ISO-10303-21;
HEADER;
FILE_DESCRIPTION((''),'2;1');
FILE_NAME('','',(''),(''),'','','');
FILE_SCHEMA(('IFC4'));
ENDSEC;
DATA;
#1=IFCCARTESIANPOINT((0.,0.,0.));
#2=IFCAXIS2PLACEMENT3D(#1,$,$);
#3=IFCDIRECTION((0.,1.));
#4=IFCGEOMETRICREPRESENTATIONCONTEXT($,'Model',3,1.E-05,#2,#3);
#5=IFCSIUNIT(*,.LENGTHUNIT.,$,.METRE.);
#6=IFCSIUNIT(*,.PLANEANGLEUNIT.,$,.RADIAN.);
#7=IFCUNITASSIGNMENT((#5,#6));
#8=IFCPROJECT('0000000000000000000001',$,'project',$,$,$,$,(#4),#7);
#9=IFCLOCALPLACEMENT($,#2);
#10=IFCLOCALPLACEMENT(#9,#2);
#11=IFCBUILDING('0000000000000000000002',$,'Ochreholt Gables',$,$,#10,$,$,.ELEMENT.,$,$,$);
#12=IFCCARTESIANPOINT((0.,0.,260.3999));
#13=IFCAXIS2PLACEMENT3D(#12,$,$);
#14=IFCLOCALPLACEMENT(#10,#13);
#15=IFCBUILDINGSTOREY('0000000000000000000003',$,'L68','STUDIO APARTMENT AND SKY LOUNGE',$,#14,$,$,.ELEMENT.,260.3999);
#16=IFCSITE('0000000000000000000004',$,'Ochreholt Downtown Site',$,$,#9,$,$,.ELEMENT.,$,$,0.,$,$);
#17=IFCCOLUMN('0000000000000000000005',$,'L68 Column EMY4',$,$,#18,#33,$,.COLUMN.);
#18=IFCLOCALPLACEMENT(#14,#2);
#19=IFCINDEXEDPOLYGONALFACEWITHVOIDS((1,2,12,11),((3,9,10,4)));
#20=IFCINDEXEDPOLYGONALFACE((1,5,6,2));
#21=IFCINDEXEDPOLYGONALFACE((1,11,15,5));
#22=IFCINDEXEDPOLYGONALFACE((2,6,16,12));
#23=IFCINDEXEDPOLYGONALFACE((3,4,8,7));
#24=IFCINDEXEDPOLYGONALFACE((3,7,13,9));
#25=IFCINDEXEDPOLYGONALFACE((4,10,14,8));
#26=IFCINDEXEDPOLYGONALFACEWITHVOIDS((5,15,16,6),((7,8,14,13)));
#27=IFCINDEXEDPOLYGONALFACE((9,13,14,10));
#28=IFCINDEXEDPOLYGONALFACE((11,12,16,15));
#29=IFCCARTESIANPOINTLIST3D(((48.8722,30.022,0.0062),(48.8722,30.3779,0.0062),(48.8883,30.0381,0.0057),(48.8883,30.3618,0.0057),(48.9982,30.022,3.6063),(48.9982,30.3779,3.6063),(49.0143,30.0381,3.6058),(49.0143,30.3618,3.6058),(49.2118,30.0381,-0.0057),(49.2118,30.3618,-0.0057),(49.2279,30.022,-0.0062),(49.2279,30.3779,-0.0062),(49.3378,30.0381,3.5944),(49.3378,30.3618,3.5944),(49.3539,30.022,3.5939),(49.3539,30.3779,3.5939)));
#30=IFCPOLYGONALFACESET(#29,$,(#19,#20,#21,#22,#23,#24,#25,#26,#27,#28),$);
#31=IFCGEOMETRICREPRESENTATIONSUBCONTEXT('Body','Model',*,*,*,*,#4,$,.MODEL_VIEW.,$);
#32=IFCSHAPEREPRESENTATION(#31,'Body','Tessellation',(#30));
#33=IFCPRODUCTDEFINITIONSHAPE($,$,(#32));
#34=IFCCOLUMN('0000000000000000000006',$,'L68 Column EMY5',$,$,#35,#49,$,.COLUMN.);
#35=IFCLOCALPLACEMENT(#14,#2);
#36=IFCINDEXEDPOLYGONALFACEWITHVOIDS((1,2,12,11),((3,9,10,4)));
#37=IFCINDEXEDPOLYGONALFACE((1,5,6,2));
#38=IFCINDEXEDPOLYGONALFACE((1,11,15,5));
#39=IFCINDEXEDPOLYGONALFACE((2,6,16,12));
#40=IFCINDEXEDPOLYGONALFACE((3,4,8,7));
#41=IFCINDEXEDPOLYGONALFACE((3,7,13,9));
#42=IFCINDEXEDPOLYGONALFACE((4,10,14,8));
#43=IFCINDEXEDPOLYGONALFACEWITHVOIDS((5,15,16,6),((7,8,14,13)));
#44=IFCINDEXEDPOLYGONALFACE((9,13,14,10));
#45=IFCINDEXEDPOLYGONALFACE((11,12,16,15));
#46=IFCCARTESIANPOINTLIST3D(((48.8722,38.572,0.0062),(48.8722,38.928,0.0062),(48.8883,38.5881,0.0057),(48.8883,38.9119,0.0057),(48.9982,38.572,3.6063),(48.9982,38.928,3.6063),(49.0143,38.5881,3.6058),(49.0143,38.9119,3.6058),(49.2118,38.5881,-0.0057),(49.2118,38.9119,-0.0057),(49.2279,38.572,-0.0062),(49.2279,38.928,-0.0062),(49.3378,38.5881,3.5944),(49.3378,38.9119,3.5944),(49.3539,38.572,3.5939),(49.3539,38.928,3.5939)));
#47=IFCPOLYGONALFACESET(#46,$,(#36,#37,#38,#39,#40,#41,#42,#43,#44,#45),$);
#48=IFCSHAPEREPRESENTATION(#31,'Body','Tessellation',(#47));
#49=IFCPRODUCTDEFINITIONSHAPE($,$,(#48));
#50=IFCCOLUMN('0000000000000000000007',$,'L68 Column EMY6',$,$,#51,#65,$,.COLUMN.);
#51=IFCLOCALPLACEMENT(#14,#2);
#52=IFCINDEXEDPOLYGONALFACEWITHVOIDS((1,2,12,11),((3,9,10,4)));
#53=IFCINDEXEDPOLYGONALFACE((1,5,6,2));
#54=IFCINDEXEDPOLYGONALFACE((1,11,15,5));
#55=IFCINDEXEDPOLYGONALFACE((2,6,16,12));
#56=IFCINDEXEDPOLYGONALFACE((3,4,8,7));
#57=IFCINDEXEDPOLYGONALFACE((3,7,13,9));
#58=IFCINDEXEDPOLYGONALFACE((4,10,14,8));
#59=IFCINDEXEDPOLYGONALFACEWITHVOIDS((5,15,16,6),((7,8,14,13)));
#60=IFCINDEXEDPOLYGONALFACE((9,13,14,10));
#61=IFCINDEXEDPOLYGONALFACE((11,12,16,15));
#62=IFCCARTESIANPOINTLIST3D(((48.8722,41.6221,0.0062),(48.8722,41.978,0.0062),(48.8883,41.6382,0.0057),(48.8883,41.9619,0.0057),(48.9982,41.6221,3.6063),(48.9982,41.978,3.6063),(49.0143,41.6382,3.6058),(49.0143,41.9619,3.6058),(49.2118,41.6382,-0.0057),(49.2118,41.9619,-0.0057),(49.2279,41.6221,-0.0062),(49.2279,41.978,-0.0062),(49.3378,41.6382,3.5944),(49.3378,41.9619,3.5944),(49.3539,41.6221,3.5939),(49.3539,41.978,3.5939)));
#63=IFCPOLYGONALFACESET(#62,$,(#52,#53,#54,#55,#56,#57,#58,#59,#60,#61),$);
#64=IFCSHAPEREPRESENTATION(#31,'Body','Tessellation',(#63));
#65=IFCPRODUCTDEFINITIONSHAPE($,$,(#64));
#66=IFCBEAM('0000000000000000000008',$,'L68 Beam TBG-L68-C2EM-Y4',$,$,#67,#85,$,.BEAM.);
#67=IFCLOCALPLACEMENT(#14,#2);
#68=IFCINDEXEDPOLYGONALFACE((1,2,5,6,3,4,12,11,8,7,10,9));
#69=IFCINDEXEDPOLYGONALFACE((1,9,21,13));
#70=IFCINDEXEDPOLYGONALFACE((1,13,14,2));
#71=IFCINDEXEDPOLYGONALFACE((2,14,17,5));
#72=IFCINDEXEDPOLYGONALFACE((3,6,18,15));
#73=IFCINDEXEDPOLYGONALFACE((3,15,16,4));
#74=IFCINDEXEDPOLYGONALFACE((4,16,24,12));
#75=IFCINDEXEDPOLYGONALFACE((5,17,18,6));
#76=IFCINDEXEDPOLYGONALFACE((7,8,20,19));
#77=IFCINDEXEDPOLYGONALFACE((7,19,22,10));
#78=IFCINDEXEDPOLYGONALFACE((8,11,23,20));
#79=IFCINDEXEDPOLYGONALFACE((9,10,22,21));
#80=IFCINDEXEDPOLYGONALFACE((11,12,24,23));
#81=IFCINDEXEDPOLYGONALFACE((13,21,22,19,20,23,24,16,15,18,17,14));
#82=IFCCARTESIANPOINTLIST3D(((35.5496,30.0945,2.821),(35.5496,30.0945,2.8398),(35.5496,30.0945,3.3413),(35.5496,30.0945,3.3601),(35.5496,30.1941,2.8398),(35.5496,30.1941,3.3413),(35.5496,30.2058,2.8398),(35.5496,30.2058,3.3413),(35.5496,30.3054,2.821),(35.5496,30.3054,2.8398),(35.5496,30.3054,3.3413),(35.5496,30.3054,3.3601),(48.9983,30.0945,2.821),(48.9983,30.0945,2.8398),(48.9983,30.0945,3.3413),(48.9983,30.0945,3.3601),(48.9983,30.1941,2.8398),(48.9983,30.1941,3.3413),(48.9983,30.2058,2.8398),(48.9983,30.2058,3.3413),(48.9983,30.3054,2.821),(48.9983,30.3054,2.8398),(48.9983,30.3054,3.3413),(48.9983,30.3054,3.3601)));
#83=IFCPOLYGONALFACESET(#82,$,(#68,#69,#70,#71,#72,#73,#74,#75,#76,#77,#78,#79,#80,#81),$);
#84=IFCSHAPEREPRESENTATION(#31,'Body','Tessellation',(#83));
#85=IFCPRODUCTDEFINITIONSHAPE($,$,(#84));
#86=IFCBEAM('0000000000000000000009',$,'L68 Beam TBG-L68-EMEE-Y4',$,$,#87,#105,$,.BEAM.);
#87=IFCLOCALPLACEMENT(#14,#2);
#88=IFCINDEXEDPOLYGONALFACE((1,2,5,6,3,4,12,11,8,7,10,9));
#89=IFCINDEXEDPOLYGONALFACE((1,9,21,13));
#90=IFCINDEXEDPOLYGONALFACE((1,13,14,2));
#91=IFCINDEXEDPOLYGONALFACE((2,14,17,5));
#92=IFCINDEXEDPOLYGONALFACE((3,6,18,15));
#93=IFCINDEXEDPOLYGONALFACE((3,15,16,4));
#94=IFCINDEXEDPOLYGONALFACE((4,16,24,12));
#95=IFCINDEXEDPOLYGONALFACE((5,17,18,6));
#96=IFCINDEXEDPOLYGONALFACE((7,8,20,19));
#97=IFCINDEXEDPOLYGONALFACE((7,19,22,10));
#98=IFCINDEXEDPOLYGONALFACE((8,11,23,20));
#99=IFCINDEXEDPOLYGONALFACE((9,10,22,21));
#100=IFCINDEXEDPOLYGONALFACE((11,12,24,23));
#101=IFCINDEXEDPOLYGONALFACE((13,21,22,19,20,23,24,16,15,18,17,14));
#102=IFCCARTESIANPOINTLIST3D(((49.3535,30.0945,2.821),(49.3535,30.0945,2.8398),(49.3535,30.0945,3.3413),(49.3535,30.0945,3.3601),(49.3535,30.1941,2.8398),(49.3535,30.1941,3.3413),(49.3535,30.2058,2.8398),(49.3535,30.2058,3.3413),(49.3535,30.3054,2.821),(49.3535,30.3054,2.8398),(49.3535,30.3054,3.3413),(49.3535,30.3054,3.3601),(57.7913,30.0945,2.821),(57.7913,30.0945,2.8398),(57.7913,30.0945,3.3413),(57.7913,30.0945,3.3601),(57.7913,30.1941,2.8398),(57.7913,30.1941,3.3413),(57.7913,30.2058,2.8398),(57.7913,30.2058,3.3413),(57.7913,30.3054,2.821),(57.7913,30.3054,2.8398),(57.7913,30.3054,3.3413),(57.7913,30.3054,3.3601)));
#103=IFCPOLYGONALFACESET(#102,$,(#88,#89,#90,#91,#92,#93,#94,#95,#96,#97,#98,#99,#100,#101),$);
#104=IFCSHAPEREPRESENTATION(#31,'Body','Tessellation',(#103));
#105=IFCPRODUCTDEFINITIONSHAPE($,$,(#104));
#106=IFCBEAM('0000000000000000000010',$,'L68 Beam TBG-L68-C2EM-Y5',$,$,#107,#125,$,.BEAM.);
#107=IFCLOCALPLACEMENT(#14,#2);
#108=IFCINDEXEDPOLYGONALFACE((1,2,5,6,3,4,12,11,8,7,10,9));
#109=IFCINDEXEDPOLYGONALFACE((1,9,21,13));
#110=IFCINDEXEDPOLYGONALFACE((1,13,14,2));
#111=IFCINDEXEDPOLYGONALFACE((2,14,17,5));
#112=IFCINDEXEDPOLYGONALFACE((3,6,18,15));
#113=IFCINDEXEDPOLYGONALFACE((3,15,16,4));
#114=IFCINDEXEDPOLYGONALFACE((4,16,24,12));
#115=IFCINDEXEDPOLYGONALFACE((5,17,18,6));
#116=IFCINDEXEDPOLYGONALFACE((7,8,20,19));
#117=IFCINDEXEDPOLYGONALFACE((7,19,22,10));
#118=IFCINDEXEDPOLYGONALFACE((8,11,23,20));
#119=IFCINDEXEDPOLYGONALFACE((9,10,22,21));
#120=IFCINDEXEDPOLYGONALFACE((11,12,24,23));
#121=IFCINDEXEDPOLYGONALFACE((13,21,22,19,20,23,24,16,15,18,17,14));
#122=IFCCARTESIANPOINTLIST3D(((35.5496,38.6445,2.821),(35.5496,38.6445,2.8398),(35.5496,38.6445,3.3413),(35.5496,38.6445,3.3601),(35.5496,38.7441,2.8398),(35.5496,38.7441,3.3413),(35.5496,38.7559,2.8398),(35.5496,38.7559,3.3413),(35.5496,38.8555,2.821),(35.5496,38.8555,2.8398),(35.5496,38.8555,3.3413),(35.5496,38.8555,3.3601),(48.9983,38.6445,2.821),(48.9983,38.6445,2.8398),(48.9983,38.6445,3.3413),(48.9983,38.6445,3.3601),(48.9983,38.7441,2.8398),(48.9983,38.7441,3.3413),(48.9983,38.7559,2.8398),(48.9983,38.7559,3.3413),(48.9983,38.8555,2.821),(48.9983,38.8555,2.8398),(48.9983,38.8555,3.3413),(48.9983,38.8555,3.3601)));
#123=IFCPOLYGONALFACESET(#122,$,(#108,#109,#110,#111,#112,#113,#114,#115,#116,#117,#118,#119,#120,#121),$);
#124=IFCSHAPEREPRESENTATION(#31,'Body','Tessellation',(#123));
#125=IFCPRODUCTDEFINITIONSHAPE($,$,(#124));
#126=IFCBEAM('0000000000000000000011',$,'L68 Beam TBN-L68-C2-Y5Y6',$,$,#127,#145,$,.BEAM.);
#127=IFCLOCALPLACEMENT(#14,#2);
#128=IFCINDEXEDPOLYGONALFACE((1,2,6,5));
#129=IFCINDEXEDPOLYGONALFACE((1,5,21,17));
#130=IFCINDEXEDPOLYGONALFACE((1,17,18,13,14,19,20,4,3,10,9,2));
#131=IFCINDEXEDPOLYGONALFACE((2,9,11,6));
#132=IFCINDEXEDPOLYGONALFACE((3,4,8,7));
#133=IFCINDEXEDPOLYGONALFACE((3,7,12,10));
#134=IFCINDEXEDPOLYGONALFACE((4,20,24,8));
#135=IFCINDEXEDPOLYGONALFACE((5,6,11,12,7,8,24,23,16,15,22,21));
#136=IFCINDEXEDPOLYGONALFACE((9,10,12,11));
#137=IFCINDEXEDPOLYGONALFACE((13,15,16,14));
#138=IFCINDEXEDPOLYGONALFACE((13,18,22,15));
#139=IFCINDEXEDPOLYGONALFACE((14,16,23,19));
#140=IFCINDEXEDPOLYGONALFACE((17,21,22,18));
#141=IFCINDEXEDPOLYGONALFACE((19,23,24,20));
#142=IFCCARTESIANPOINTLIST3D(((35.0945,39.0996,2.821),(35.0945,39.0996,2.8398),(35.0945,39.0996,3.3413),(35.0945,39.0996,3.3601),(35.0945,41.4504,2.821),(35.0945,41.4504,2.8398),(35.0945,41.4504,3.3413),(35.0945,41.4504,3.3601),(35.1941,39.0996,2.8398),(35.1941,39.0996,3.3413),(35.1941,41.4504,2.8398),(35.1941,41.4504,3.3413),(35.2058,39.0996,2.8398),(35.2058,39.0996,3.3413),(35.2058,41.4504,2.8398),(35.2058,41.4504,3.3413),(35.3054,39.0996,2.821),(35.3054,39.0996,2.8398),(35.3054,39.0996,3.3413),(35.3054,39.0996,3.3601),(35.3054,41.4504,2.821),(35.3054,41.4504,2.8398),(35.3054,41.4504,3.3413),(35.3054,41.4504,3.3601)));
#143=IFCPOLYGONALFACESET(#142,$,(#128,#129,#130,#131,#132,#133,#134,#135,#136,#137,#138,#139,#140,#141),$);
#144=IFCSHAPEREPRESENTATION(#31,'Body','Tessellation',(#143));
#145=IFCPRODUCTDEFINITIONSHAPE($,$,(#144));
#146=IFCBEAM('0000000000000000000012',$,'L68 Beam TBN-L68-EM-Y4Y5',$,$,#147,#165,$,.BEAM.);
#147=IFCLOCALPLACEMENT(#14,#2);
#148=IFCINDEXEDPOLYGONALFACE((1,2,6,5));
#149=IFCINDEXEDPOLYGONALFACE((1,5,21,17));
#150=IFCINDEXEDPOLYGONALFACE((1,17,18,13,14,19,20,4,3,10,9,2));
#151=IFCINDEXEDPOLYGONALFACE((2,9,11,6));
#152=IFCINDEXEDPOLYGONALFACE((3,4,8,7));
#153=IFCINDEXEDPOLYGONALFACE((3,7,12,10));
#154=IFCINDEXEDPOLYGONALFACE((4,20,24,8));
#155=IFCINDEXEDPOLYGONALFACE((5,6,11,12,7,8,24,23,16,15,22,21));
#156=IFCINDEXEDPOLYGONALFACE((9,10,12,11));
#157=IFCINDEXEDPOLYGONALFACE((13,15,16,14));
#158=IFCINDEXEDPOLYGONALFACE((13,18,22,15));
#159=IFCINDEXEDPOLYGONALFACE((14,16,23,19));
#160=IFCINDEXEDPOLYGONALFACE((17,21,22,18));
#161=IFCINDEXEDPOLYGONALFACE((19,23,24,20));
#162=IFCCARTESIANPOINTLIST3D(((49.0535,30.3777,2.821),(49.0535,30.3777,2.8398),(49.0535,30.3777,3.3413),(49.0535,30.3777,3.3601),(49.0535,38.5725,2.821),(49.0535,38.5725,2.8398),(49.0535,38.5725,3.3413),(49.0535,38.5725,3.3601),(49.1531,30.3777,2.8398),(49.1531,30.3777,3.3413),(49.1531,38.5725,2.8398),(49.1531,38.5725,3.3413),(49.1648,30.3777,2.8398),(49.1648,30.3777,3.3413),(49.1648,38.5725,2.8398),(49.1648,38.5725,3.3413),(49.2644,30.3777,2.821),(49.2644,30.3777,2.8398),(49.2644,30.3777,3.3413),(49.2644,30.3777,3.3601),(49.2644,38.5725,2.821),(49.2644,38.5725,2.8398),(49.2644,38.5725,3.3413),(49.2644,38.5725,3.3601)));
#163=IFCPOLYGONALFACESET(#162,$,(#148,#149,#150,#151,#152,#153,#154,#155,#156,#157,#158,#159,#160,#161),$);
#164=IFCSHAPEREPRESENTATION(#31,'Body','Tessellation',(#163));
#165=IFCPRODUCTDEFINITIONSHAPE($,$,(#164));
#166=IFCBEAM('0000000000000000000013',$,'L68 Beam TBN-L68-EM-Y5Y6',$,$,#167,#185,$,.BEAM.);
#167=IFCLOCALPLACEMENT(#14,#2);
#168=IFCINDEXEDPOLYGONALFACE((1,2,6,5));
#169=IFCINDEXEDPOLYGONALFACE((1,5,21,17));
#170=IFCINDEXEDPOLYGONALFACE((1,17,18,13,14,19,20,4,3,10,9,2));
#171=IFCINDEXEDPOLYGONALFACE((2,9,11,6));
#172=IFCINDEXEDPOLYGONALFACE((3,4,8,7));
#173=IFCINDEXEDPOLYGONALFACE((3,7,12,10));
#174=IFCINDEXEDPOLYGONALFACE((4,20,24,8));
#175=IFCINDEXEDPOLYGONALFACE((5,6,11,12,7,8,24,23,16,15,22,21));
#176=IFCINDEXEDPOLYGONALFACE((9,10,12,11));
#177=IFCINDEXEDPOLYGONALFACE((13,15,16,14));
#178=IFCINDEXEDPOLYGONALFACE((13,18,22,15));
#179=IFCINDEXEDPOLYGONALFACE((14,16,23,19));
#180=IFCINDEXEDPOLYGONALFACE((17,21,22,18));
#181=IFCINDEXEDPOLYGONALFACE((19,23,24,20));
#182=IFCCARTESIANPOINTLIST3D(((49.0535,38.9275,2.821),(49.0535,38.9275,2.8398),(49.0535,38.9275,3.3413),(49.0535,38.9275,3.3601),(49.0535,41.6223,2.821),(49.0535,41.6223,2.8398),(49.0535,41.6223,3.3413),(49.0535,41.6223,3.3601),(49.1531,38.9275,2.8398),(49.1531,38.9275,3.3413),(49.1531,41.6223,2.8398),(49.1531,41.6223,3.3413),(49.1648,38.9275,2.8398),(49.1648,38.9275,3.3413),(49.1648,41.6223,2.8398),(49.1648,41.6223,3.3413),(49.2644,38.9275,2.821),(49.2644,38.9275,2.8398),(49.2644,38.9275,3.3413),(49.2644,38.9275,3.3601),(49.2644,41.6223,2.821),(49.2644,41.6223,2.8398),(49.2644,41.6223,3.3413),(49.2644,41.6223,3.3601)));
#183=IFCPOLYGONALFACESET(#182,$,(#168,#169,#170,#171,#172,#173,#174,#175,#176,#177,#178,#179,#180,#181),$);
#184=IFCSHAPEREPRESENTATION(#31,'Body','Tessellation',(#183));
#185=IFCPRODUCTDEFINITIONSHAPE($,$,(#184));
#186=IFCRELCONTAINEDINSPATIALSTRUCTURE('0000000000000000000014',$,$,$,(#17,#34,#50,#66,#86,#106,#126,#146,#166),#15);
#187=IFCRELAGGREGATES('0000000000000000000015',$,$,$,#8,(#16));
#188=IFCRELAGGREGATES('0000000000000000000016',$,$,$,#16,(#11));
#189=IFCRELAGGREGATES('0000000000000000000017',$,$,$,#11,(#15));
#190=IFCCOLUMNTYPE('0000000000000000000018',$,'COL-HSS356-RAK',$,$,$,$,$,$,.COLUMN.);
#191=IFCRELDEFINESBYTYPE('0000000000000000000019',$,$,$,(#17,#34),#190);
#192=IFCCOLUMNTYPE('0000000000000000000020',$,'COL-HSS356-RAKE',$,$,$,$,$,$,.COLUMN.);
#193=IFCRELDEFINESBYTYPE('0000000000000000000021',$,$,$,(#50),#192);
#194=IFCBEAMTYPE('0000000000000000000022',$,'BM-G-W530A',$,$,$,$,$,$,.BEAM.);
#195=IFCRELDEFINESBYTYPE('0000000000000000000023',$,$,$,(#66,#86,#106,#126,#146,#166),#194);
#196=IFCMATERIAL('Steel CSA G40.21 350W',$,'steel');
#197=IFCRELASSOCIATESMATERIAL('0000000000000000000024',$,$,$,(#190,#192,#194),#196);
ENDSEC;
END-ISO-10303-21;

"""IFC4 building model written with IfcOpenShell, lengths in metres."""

from ifc_helpers import new_model, si_unit, direction, frame, origin, origin_2d, place, context, subcontext, project, spatial, hollow_rectangle, i_section, extrude, material, material_profile, profile_set, type_object, element, save


model = new_model("IFC4")

# Units and contexts
model_context = context("Model", 3, precision=1e-05, world=origin(), true_north=direction((0.0, 1.0)))
body_context = subcontext(model_context, "Body", "Model", "MODEL_VIEW")
ifc_project = project(units=[si_unit("LENGTHUNIT", "METRE"), si_unit("PLANEANGLEUNIT", "RADIAN")], contexts=[model_context])

# Site, building, storey
site_placement = place(None, origin())
site = spatial("IfcSite", under=ifc_project, at=site_placement, Name="Ochreholt Downtown Site", CompositionType="ELEMENT", RefElevation=0.0)
building_placement = place(site_placement, origin())
building = spatial("IfcBuilding", under=site, at=building_placement, Name="Ochreholt Gables", CompositionType="ELEMENT")
storey_placement = place(building_placement, frame((0.0, 0.0, 260.3999)))
storey = spatial("IfcBuildingStorey", under=building, at=storey_placement, Name="L68", Description="STUDIO APARTMENT AND SKY LOUNGE", CompositionType="ELEMENT", Elevation=260.3999)

# Columns
ifc_material_1 = material(Name="Steel CSA G40.21 350W", Category="steel")
ifc_material_profile_1 = material_profile(ifc_material_1, hollow_rectangle(XDim=0.356, YDim=0.356, WallThickness=0.0161, at=origin_2d()), Name="HSS356X356X16")
ifc_profile_set_1 = profile_set([ifc_material_profile_1], Name="Steel CSA G40.21 350W")
column_type_1 = type_object("IfcColumnType", Name="COL-HSS356-RAK", PredefinedType="COLUMN", material=ifc_profile_set_1)
for number, where, z_axis, x_axis, name in (
    (1, (49.05, 30.2, 0.0), (0.034971, 0.0, 0.999388), (0.0, 1.0, 0.0), "L68 Column EMY4"),
    (2, (49.05, 38.75, 0.0), (0.034971, 0.0, 0.999388), (0.0, 1.0, 0.0), "L68 Column EMY5"),
):
    element("IfcColumn", number, at=place(storey_placement, frame(where, z_axis=z_axis, x_axis=x_axis)), inside=storey, type_object=column_type_1, Name=name, PredefinedType="COLUMN", context=body_context, shape_type="SweptSolid", body=[
        extrude(hollow_rectangle(XDim=0.356, YDim=0.356, WallThickness=0.0161, at=origin_2d()), origin(), (0.0, 0.0, 1.0), 3.6023),
    ])
ifc_material_profile_2 = material_profile(ifc_material_1, hollow_rectangle(XDim=0.356, YDim=0.356, WallThickness=0.0161, at=origin_2d()), Name="HSS356X356X16")
ifc_profile_set_2 = profile_set([ifc_material_profile_2], Name="Steel CSA G40.21 350W")
column_type_2 = type_object("IfcColumnType", Name="COL-HSS356-RAKE", PredefinedType="COLUMN", material=ifc_profile_set_2)
column_placement = place(storey_placement, frame((49.05, 41.8, 0.0), z_axis=(0.034971, 0.0, 0.999388), x_axis=(0.0, 1.0, 0.0)))
element("IfcColumn", 3, at=column_placement, inside=storey, type_object=column_type_2, Name="L68 Column EMY6", PredefinedType="COLUMN", context=body_context, shape_type="SweptSolid", body=[
    extrude(hollow_rectangle(XDim=0.356, YDim=0.356, WallThickness=0.0161, at=origin_2d()), origin(), (0.0, 0.0, 1.0), 3.6023),
])

# Beams
ifc_material_profile_3 = material_profile(ifc_material_1, i_section(OverallWidth=0.2109, OverallDepth=0.5391, WebThickness=0.0117, FlangeThickness=0.0188, at=origin_2d()), Name="W530X109")
ifc_profile_set_3 = profile_set([ifc_material_profile_3], Name="Steel CSA G40.21 350W")
beam_type_1 = type_object("IfcBeamType", Name="BM-G-W530A", PredefinedType="BEAM", material=ifc_profile_set_3)
beam_1_placement = place(storey_placement, frame((35.5496, 30.2, 3.0906), z_axis=(1.0, 0.0, 0.0), x_axis=(0.0, 1.0, 0.0)))
element("IfcBeam", 4, at=beam_1_placement, inside=storey, type_object=beam_type_1, Name="L68 Beam TBG-L68-C2EM-Y4", PredefinedType="BEAM", context=body_context, shape_type="SweptSolid", body=[
    extrude(i_section(OverallWidth=0.2109, OverallDepth=0.5391, WebThickness=0.0117, FlangeThickness=0.0188, at=origin_2d()), origin(), (0.0, 0.0, 1.0), 13.4487),
])
beam_2_placement = place(storey_placement, frame((49.3535, 30.2, 3.0906), z_axis=(1.0, 0.0, 0.0), x_axis=(0.0, 1.0, 0.0)))
element("IfcBeam", 5, at=beam_2_placement, inside=storey, type_object=beam_type_1, Name="L68 Beam TBG-L68-EMEE-Y4", PredefinedType="BEAM", context=body_context, shape_type="SweptSolid", body=[
    extrude(i_section(OverallWidth=0.2109, OverallDepth=0.5391, WebThickness=0.0117, FlangeThickness=0.0188, at=origin_2d()), origin(), (0.0, 0.0, 1.0), 8.4377),
])
beam_3_placement = place(storey_placement, frame((35.5496, 38.75, 3.0906), z_axis=(1.0, 0.0, 0.0), x_axis=(0.0, 1.0, 0.0)))
element("IfcBeam", 6, at=beam_3_placement, inside=storey, type_object=beam_type_1, Name="L68 Beam TBG-L68-C2EM-Y5", PredefinedType="BEAM", context=body_context, shape_type="SweptSolid", body=[
    extrude(i_section(OverallWidth=0.2109, OverallDepth=0.5391, WebThickness=0.0117, FlangeThickness=0.0188, at=origin_2d()), origin(), (0.0, 0.0, 1.0), 13.4487),
])
beam_4_placement = place(storey_placement, frame((35.2, 39.0996, 3.0906), z_axis=(0.0, 1.0, 0.0), x_axis=(-1.0, 0.0, 0.0)))
element("IfcBeam", 7, at=beam_4_placement, inside=storey, type_object=beam_type_1, Name="L68 Beam TBN-L68-C2-Y5Y6", PredefinedType="BEAM", context=body_context, shape_type="SweptSolid", body=[
    extrude(i_section(OverallWidth=0.2109, OverallDepth=0.5391, WebThickness=0.0117, FlangeThickness=0.0188, at=origin_2d()), origin(), (0.0, 0.0, 1.0), 2.3508),
])
beam_5_placement = place(storey_placement, frame((49.1589, 30.3777, 3.0906), z_axis=(0.0, 1.0, 0.0), x_axis=(-1.0, 0.0, 0.0)))
element("IfcBeam", 8, at=beam_5_placement, inside=storey, type_object=beam_type_1, Name="L68 Beam TBN-L68-EM-Y4Y5", PredefinedType="BEAM", context=body_context, shape_type="SweptSolid", body=[
    extrude(i_section(OverallWidth=0.2109, OverallDepth=0.5391, WebThickness=0.0117, FlangeThickness=0.0188, at=origin_2d()), origin(), (0.0, 0.0, 1.0), 8.1948),
])
beam_6_placement = place(storey_placement, frame((49.1589, 38.9275, 3.0906), z_axis=(0.0, 1.0, 0.0), x_axis=(-1.0, 0.0, 0.0)))
element("IfcBeam", 9, at=beam_6_placement, inside=storey, type_object=beam_type_1, Name="L68 Beam TBN-L68-EM-Y5Y6", PredefinedType="BEAM", context=body_context, shape_type="SweptSolid", body=[
    extrude(i_section(OverallWidth=0.2109, OverallDepth=0.5391, WebThickness=0.0117, FlangeThickness=0.0188, at=origin_2d()), origin(), (0.0, 0.0, 1.0), 2.6948),
])

save(model, "model.ifc")
